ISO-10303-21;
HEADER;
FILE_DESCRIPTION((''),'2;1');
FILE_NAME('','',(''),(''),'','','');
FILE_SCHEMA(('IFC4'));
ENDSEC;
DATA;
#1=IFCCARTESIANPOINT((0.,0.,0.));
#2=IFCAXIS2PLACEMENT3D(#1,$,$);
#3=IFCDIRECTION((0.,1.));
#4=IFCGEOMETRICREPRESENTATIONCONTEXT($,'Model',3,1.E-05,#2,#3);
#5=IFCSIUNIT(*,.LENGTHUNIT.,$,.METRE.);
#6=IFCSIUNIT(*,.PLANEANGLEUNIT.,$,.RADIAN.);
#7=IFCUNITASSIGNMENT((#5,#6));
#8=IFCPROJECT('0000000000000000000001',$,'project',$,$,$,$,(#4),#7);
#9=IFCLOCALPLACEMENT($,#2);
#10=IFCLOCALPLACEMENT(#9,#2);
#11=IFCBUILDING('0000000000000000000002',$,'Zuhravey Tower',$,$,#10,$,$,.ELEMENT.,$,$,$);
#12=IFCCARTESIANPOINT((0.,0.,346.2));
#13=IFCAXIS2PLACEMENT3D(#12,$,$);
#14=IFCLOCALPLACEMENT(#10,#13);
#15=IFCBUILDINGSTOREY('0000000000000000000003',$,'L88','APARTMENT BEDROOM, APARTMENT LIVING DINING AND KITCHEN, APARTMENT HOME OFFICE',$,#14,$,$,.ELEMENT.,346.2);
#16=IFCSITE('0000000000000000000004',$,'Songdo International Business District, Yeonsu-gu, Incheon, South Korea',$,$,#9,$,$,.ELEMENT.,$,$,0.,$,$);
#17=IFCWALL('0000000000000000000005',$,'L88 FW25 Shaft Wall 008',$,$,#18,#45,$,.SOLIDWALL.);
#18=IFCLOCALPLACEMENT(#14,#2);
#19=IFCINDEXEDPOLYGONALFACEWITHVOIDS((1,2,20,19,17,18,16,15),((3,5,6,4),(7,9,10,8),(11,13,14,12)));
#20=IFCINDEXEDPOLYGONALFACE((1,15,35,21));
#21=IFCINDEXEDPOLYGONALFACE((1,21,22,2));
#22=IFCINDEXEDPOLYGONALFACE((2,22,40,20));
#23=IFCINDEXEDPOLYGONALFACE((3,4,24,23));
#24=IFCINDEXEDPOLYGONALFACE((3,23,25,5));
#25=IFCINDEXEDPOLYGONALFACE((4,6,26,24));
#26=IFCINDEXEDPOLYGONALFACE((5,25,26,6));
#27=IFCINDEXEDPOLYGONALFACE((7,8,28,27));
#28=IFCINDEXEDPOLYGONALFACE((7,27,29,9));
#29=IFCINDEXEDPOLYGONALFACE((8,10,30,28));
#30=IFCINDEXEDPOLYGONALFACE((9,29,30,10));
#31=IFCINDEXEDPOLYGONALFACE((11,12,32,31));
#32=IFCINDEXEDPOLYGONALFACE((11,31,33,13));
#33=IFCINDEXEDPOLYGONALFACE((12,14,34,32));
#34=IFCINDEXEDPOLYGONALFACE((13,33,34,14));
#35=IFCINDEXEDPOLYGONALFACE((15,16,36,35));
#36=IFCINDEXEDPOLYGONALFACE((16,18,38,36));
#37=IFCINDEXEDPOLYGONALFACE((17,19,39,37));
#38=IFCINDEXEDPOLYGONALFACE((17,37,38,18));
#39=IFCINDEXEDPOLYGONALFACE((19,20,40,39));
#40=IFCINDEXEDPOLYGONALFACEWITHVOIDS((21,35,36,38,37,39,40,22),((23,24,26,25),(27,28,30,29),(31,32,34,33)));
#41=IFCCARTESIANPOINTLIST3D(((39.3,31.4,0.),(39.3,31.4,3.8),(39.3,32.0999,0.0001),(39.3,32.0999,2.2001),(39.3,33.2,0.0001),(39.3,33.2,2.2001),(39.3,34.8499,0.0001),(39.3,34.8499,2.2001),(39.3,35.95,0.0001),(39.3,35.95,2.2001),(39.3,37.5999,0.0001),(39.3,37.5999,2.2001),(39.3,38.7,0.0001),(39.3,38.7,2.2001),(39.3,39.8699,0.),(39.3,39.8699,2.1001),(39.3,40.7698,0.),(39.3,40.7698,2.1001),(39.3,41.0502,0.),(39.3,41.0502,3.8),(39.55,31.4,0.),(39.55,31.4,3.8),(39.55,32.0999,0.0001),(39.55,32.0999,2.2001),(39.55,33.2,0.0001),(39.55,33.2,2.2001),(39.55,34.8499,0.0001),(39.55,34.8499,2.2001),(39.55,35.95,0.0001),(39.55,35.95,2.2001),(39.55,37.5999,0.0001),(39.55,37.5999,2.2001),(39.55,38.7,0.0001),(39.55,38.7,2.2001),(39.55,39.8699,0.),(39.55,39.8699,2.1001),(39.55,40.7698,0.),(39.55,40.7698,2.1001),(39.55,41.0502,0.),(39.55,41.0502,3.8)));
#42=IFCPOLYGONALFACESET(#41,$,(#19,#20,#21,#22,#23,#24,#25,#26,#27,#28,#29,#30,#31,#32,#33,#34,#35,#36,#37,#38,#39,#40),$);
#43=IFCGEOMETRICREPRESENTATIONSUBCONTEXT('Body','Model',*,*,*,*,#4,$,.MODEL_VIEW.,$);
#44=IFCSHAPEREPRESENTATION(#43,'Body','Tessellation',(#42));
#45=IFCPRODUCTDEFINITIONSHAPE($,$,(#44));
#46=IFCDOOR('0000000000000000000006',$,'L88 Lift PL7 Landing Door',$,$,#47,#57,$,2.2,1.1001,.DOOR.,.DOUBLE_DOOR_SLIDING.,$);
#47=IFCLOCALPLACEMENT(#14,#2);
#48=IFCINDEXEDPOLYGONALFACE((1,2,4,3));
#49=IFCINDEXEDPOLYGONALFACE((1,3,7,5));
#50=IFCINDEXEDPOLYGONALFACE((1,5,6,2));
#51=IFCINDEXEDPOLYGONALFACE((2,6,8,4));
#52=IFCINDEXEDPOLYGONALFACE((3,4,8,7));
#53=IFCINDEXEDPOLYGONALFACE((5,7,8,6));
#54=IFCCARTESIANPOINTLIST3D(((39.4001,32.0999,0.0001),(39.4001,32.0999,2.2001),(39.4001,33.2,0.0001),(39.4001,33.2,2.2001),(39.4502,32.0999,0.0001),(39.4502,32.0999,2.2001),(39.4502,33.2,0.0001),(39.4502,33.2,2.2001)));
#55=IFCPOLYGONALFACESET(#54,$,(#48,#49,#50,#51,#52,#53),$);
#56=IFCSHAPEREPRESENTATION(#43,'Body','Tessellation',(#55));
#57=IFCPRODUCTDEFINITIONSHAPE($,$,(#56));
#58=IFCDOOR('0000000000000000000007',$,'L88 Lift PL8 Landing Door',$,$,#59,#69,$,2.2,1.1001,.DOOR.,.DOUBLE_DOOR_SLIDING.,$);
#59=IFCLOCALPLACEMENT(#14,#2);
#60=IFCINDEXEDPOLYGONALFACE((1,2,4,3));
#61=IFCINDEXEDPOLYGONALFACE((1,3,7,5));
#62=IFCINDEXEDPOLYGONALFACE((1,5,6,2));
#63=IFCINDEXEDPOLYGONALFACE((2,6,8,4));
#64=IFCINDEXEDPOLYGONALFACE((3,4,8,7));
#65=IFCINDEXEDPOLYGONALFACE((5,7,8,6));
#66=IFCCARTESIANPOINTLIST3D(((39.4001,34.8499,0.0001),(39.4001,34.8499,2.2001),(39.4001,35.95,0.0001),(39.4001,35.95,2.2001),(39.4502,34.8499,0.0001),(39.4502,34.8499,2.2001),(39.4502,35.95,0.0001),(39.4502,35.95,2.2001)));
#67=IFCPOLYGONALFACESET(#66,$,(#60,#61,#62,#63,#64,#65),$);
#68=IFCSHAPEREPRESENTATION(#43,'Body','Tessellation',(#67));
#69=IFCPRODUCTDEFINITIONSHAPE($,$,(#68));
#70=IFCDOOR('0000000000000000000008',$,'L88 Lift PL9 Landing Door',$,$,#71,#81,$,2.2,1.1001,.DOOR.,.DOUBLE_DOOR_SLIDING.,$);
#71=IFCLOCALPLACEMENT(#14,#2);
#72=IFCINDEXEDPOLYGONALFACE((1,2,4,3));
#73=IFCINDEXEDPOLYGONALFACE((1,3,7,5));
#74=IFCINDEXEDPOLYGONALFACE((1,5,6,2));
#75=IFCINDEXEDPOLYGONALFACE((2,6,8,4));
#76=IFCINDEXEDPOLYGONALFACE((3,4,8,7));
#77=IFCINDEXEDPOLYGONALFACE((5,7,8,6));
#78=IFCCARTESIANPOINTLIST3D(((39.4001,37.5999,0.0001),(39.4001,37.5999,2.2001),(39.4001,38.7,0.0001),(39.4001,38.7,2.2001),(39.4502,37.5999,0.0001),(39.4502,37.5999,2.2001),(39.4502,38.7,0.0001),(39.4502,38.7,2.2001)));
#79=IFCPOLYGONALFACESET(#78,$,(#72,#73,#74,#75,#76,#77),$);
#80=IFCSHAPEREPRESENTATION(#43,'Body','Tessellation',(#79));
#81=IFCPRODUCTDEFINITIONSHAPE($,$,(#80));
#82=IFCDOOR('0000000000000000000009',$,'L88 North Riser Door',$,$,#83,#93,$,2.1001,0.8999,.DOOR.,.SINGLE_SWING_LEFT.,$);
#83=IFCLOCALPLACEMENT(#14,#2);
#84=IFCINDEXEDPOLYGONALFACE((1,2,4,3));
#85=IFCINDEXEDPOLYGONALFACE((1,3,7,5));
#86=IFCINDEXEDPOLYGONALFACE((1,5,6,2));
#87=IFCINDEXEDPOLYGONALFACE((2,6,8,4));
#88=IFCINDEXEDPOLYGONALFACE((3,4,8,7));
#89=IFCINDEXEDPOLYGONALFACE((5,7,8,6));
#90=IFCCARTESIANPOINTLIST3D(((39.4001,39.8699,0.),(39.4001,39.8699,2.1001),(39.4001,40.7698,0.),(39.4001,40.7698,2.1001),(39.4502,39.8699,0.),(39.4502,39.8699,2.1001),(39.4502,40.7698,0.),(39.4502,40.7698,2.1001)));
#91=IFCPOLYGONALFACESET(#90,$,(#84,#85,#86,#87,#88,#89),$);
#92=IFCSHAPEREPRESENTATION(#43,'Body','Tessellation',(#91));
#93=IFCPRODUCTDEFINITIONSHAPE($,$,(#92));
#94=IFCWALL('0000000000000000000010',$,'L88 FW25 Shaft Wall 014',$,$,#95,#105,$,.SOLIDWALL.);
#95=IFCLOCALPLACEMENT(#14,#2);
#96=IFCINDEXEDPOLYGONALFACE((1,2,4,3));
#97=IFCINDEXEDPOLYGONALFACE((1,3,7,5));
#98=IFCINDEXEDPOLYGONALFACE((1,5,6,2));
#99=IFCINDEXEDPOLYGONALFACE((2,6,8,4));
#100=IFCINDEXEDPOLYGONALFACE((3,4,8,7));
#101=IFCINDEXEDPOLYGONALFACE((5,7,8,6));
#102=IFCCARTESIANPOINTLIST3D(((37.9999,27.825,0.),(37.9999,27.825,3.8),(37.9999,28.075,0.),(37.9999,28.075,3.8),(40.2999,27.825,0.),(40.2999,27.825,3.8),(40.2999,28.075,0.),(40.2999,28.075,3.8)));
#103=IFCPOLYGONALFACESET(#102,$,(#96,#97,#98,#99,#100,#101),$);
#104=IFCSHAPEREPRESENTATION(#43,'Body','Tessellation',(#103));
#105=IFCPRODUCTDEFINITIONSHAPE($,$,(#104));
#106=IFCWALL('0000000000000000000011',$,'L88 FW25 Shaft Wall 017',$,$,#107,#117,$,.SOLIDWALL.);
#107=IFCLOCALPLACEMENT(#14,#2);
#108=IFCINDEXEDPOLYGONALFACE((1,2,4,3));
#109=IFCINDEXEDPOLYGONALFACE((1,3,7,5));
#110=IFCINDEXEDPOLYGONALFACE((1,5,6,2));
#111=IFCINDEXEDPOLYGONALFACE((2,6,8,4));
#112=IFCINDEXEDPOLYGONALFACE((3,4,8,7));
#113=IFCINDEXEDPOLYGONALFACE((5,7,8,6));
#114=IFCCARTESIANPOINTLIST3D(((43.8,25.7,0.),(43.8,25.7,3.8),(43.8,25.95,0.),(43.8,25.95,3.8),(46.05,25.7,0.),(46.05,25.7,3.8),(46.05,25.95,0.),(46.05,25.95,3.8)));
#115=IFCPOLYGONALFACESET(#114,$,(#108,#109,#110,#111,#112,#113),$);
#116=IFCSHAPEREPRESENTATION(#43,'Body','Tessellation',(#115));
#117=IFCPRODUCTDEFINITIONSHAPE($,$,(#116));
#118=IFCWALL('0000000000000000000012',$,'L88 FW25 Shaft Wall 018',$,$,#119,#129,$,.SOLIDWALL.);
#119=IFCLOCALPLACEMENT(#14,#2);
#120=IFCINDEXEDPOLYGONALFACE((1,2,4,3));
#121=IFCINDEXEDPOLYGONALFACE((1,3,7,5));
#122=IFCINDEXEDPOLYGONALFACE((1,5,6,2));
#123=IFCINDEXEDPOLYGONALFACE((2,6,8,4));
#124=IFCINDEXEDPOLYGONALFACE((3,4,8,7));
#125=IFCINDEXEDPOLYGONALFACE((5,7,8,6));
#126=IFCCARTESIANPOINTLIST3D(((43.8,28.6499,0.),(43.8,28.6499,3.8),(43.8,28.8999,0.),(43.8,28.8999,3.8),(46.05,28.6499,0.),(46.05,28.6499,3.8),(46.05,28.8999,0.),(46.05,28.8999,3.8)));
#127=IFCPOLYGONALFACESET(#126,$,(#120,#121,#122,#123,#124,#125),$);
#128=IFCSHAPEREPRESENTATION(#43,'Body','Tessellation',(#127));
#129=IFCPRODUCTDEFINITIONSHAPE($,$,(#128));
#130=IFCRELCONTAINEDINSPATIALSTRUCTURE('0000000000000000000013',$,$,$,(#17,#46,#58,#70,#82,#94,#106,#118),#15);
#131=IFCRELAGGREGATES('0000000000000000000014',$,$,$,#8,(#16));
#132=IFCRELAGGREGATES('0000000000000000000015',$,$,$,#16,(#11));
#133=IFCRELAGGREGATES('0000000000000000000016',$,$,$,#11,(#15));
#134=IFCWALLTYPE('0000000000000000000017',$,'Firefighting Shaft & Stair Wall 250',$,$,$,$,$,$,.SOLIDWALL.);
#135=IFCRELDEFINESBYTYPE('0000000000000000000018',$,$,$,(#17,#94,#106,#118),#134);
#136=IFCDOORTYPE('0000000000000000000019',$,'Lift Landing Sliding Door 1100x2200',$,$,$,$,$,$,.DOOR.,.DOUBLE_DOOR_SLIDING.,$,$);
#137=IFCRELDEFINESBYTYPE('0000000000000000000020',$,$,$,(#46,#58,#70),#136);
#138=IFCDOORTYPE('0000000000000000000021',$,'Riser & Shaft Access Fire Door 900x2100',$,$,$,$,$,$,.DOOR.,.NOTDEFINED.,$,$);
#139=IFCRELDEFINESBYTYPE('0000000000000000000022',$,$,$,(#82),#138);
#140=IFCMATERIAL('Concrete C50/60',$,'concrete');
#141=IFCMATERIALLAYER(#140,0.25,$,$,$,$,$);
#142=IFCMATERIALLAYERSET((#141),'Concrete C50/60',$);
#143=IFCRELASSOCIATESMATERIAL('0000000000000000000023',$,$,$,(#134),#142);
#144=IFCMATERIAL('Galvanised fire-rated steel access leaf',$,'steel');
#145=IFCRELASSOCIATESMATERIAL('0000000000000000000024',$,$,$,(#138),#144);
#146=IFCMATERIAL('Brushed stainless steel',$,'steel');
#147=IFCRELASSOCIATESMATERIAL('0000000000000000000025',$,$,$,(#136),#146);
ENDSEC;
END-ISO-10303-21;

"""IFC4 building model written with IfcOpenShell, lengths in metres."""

from ifc_helpers import new_model, si_unit, direction, frame, frame_2d, origin, place, context, subcontext, project, spatial, rectangle, extrude, material, layer, layer_set, type_object, element, fill, save


model = new_model("IFC4")

# Units and contexts
model_context = context("Model", 3, precision=1e-05, world=origin(), true_north=direction((0.0, 1.0)))
body_context = subcontext(model_context, "Body", "Model", "MODEL_VIEW")
ifc_project = project(units=[si_unit("LENGTHUNIT", "METRE"), si_unit("PLANEANGLEUNIT", "RADIAN")], contexts=[model_context])

# Site, building, storey
site_placement = place(None, origin())
site = spatial("IfcSite", under=ifc_project, at=site_placement, Name="Songdo International Business District, Yeonsu-gu, Incheon, South Korea", CompositionType="ELEMENT", RefElevation=0.0)
building_placement = place(site_placement, origin())
building = spatial("IfcBuilding", under=site, at=building_placement, Name="Zuhravey Tower", CompositionType="ELEMENT")
storey_placement = place(building_placement, frame((0.0, 0.0, 346.2)))
storey = spatial("IfcBuildingStorey", under=building, at=storey_placement, Name="L88", Description="APARTMENT BEDROOM, APARTMENT LIVING DINING AND KITCHEN, APARTMENT HOME OFFICE", CompositionType="ELEMENT", Elevation=346.2)

# Shared definitions
ifc_material_1 = material(Name="Concrete C50/60", Category="concrete")
ifc_layer_1 = layer(ifc_material_1, 0.25)
ifc_layer_set_1 = layer_set([ifc_layer_1], Name="Concrete C50/60")
wall_type_1 = type_object("IfcWallType", Name="Firefighting Shaft & Stair Wall 250", PredefinedType="SOLIDWALL", material=ifc_layer_set_1)

# Wall, openings, doors
ifc_material_2 = material(Name="Galvanised fire-rated steel access leaf", Category="steel")
door_type_1 = type_object("IfcDoorType", Name="Riser & Shaft Access Fire Door 900x2100", OperationType="NOTDEFINED", PredefinedType="DOOR", material=ifc_material_2)
wall_1_placement = place(storey_placement, frame((39.425, 31.3999, 0.0), z_axis=(0.0, 0.0, 1.0), x_axis=(0.0, 1.0, 0.0)))
wall_1 = element("IfcWall", 1, at=wall_1_placement, inside=storey, type_object=wall_type_1, Name="L88 FW25 Shaft Wall 008", PredefinedType="SOLIDWALL", context=body_context, shape_type="SweptSolid", body=[
    extrude(rectangle(XDim=9.6501, YDim=0.25, at=frame_2d((4.8252, 0.0))), origin(), (0.0, 0.0, 1.0), 3.8),
])
opening_1_placement = place(wall_1_placement, frame((0.7, 0.0, 0.0)))
opening_1 = element("IfcOpeningElement", 2, at=opening_1_placement, cuts=wall_1, PredefinedType="OPENING", context=body_context, shape_type="SweptSolid", body=[
    extrude(rectangle(XDim=1.1001, YDim=2.2, at=frame_2d((0.55, 1.1001))), frame((0.0, 0.137, 0.0), z_axis=(0.0, -1.0, 0.0), x_axis=(1.0, 0.0, 0.0)), (0.0, 0.0, 1.0), 0.2739),
])
opening_2_placement = place(wall_1_placement, frame((3.45, 0.0, 0.0)))
opening_2 = element("IfcOpeningElement", 3, at=opening_2_placement, cuts=wall_1, PredefinedType="OPENING", context=body_context, shape_type="SweptSolid", body=[
    extrude(rectangle(XDim=1.1001, YDim=2.2, at=frame_2d((0.55, 1.1001))), frame((0.0, 0.137, 0.0), z_axis=(0.0, -1.0, 0.0), x_axis=(1.0, 0.0, 0.0)), (0.0, 0.0, 1.0), 0.2739),
])
opening_3_placement = place(wall_1_placement, frame((6.2, 0.0, 0.0)))
opening_3 = element("IfcOpeningElement", 4, at=opening_3_placement, cuts=wall_1, PredefinedType="OPENING", context=body_context, shape_type="SweptSolid", body=[
    extrude(rectangle(XDim=1.1001, YDim=2.2, at=frame_2d((0.55, 1.1001))), frame((0.0, 0.137, 0.0), z_axis=(0.0, -1.0, 0.0), x_axis=(1.0, 0.0, 0.0)), (0.0, 0.0, 1.0), 0.2739),
])
opening_4_placement = place(wall_1_placement, frame((8.47, 0.0, 0.0)))
opening_4 = element("IfcOpeningElement", 5, at=opening_4_placement, cuts=wall_1, PredefinedType="OPENING", context=body_context, shape_type="SweptSolid", body=[
    extrude(rectangle(XDim=0.8999, YDim=2.1001, at=frame_2d((0.45, 1.05))), frame((0.0, 0.137, 0.0), z_axis=(0.0, -1.0, 0.0), x_axis=(1.0, 0.0, 0.0)), (0.0, 0.0, 1.0), 0.2739),
])
ifc_material_3 = material(Name="Brushed stainless steel", Category="steel")
door_type_2 = type_object("IfcDoorType", Name="Lift Landing Sliding Door 1100x2200", OperationType="DOUBLE_DOOR_SLIDING", PredefinedType="DOOR", material=ifc_material_3)
door_1_placement = place(opening_1_placement, origin())
door_1 = element("IfcDoor", 6, at=door_1_placement, inside=storey, type_object=door_type_2, Name="L88 Lift PL7 Landing Door", OperationType="DOUBLE_DOOR_SLIDING", OverallHeight=2.2, OverallWidth=1.1001, PredefinedType="DOOR", context=body_context, shape_type="SweptSolid", body=[
    extrude(rectangle(XDim=1.1001, YDim=2.2, at=frame_2d((0.55, 1.1001))), frame((0.0, 0.0249, 0.0), z_axis=(0.0, -1.0, 0.0), x_axis=(1.0, 0.0, 0.0)), (0.0, 0.0, 1.0), 0.05),
])
fill(opening_1, door_1)
door_2_placement = place(opening_2_placement, origin())
door_2 = element("IfcDoor", 7, at=door_2_placement, inside=storey, type_object=door_type_2, Name="L88 Lift PL8 Landing Door", OperationType="DOUBLE_DOOR_SLIDING", OverallHeight=2.2, OverallWidth=1.1001, PredefinedType="DOOR", context=body_context, shape_type="SweptSolid", body=[
    extrude(rectangle(XDim=1.1001, YDim=2.2, at=frame_2d((0.55, 1.1001))), frame((0.0, 0.0249, 0.0), z_axis=(0.0, -1.0, 0.0), x_axis=(1.0, 0.0, 0.0)), (0.0, 0.0, 1.0), 0.05),
])
fill(opening_2, door_2)
door_3_placement = place(opening_3_placement, origin())
door_3 = element("IfcDoor", 8, at=door_3_placement, inside=storey, type_object=door_type_2, Name="L88 Lift PL9 Landing Door", OperationType="DOUBLE_DOOR_SLIDING", OverallHeight=2.2, OverallWidth=1.1001, PredefinedType="DOOR", context=body_context, shape_type="SweptSolid", body=[
    extrude(rectangle(XDim=1.1001, YDim=2.2, at=frame_2d((0.55, 1.1001))), frame((0.0, 0.0249, 0.0), z_axis=(0.0, -1.0, 0.0), x_axis=(1.0, 0.0, 0.0)), (0.0, 0.0, 1.0), 0.05),
])
fill(opening_3, door_3)
door_4_placement = place(opening_4_placement, origin())
door_4 = element("IfcDoor", 9, at=door_4_placement, inside=storey, type_object=door_type_1, Name="L88 North Riser Door", OperationType="SINGLE_SWING_LEFT", OverallHeight=2.1001, OverallWidth=0.8999, PredefinedType="DOOR", context=body_context, shape_type="SweptSolid", body=[
    extrude(rectangle(XDim=0.8999, YDim=2.1001, at=frame_2d((0.45, 1.05))), frame((0.0, 0.0249, 0.0), z_axis=(0.0, -1.0, 0.0), x_axis=(1.0, 0.0, 0.0)), (0.0, 0.0, 1.0), 0.05),
])
fill(opening_4, door_4)

# Walls
wall_2_placement = place(storey_placement, frame((38.0, 27.95, 0.0), z_axis=(0.0, 0.0, 1.0), x_axis=(1.0, 0.0, 0.0)))
element("IfcWall", 10, at=wall_2_placement, inside=storey, type_object=wall_type_1, Name="L88 FW25 Shaft Wall 014", PredefinedType="SOLIDWALL", context=body_context, shape_type="SweptSolid", body=[
    extrude(rectangle(XDim=2.3, YDim=0.25, at=frame_2d((1.1499, 0.0))), origin(), (0.0, 0.0, 1.0), 3.8),
])
for number, where, z_axis, x_axis, name in (
    (11, (43.8, 25.825, 0.0), (0.0, 0.0, 1.0), (1.0, 0.0, 0.0), "L88 FW25 Shaft Wall 017"),
    (12, (43.8, 28.7749, 0.0), (0.0, 0.0, 1.0), (1.0, 0.0, 0.0), "L88 FW25 Shaft Wall 018"),
):
    element("IfcWall", number, at=place(storey_placement, frame(where, z_axis=z_axis, x_axis=x_axis)), inside=storey, type_object=wall_type_1, Name=name, PredefinedType="SOLIDWALL", context=body_context, shape_type="SweptSolid", body=[
        extrude(rectangle(XDim=2.25, YDim=0.25, at=frame_2d((1.125, 0.0))), origin(), (0.0, 0.0, 1.0), 3.8),
    ])

save(model, "model.ifc")
